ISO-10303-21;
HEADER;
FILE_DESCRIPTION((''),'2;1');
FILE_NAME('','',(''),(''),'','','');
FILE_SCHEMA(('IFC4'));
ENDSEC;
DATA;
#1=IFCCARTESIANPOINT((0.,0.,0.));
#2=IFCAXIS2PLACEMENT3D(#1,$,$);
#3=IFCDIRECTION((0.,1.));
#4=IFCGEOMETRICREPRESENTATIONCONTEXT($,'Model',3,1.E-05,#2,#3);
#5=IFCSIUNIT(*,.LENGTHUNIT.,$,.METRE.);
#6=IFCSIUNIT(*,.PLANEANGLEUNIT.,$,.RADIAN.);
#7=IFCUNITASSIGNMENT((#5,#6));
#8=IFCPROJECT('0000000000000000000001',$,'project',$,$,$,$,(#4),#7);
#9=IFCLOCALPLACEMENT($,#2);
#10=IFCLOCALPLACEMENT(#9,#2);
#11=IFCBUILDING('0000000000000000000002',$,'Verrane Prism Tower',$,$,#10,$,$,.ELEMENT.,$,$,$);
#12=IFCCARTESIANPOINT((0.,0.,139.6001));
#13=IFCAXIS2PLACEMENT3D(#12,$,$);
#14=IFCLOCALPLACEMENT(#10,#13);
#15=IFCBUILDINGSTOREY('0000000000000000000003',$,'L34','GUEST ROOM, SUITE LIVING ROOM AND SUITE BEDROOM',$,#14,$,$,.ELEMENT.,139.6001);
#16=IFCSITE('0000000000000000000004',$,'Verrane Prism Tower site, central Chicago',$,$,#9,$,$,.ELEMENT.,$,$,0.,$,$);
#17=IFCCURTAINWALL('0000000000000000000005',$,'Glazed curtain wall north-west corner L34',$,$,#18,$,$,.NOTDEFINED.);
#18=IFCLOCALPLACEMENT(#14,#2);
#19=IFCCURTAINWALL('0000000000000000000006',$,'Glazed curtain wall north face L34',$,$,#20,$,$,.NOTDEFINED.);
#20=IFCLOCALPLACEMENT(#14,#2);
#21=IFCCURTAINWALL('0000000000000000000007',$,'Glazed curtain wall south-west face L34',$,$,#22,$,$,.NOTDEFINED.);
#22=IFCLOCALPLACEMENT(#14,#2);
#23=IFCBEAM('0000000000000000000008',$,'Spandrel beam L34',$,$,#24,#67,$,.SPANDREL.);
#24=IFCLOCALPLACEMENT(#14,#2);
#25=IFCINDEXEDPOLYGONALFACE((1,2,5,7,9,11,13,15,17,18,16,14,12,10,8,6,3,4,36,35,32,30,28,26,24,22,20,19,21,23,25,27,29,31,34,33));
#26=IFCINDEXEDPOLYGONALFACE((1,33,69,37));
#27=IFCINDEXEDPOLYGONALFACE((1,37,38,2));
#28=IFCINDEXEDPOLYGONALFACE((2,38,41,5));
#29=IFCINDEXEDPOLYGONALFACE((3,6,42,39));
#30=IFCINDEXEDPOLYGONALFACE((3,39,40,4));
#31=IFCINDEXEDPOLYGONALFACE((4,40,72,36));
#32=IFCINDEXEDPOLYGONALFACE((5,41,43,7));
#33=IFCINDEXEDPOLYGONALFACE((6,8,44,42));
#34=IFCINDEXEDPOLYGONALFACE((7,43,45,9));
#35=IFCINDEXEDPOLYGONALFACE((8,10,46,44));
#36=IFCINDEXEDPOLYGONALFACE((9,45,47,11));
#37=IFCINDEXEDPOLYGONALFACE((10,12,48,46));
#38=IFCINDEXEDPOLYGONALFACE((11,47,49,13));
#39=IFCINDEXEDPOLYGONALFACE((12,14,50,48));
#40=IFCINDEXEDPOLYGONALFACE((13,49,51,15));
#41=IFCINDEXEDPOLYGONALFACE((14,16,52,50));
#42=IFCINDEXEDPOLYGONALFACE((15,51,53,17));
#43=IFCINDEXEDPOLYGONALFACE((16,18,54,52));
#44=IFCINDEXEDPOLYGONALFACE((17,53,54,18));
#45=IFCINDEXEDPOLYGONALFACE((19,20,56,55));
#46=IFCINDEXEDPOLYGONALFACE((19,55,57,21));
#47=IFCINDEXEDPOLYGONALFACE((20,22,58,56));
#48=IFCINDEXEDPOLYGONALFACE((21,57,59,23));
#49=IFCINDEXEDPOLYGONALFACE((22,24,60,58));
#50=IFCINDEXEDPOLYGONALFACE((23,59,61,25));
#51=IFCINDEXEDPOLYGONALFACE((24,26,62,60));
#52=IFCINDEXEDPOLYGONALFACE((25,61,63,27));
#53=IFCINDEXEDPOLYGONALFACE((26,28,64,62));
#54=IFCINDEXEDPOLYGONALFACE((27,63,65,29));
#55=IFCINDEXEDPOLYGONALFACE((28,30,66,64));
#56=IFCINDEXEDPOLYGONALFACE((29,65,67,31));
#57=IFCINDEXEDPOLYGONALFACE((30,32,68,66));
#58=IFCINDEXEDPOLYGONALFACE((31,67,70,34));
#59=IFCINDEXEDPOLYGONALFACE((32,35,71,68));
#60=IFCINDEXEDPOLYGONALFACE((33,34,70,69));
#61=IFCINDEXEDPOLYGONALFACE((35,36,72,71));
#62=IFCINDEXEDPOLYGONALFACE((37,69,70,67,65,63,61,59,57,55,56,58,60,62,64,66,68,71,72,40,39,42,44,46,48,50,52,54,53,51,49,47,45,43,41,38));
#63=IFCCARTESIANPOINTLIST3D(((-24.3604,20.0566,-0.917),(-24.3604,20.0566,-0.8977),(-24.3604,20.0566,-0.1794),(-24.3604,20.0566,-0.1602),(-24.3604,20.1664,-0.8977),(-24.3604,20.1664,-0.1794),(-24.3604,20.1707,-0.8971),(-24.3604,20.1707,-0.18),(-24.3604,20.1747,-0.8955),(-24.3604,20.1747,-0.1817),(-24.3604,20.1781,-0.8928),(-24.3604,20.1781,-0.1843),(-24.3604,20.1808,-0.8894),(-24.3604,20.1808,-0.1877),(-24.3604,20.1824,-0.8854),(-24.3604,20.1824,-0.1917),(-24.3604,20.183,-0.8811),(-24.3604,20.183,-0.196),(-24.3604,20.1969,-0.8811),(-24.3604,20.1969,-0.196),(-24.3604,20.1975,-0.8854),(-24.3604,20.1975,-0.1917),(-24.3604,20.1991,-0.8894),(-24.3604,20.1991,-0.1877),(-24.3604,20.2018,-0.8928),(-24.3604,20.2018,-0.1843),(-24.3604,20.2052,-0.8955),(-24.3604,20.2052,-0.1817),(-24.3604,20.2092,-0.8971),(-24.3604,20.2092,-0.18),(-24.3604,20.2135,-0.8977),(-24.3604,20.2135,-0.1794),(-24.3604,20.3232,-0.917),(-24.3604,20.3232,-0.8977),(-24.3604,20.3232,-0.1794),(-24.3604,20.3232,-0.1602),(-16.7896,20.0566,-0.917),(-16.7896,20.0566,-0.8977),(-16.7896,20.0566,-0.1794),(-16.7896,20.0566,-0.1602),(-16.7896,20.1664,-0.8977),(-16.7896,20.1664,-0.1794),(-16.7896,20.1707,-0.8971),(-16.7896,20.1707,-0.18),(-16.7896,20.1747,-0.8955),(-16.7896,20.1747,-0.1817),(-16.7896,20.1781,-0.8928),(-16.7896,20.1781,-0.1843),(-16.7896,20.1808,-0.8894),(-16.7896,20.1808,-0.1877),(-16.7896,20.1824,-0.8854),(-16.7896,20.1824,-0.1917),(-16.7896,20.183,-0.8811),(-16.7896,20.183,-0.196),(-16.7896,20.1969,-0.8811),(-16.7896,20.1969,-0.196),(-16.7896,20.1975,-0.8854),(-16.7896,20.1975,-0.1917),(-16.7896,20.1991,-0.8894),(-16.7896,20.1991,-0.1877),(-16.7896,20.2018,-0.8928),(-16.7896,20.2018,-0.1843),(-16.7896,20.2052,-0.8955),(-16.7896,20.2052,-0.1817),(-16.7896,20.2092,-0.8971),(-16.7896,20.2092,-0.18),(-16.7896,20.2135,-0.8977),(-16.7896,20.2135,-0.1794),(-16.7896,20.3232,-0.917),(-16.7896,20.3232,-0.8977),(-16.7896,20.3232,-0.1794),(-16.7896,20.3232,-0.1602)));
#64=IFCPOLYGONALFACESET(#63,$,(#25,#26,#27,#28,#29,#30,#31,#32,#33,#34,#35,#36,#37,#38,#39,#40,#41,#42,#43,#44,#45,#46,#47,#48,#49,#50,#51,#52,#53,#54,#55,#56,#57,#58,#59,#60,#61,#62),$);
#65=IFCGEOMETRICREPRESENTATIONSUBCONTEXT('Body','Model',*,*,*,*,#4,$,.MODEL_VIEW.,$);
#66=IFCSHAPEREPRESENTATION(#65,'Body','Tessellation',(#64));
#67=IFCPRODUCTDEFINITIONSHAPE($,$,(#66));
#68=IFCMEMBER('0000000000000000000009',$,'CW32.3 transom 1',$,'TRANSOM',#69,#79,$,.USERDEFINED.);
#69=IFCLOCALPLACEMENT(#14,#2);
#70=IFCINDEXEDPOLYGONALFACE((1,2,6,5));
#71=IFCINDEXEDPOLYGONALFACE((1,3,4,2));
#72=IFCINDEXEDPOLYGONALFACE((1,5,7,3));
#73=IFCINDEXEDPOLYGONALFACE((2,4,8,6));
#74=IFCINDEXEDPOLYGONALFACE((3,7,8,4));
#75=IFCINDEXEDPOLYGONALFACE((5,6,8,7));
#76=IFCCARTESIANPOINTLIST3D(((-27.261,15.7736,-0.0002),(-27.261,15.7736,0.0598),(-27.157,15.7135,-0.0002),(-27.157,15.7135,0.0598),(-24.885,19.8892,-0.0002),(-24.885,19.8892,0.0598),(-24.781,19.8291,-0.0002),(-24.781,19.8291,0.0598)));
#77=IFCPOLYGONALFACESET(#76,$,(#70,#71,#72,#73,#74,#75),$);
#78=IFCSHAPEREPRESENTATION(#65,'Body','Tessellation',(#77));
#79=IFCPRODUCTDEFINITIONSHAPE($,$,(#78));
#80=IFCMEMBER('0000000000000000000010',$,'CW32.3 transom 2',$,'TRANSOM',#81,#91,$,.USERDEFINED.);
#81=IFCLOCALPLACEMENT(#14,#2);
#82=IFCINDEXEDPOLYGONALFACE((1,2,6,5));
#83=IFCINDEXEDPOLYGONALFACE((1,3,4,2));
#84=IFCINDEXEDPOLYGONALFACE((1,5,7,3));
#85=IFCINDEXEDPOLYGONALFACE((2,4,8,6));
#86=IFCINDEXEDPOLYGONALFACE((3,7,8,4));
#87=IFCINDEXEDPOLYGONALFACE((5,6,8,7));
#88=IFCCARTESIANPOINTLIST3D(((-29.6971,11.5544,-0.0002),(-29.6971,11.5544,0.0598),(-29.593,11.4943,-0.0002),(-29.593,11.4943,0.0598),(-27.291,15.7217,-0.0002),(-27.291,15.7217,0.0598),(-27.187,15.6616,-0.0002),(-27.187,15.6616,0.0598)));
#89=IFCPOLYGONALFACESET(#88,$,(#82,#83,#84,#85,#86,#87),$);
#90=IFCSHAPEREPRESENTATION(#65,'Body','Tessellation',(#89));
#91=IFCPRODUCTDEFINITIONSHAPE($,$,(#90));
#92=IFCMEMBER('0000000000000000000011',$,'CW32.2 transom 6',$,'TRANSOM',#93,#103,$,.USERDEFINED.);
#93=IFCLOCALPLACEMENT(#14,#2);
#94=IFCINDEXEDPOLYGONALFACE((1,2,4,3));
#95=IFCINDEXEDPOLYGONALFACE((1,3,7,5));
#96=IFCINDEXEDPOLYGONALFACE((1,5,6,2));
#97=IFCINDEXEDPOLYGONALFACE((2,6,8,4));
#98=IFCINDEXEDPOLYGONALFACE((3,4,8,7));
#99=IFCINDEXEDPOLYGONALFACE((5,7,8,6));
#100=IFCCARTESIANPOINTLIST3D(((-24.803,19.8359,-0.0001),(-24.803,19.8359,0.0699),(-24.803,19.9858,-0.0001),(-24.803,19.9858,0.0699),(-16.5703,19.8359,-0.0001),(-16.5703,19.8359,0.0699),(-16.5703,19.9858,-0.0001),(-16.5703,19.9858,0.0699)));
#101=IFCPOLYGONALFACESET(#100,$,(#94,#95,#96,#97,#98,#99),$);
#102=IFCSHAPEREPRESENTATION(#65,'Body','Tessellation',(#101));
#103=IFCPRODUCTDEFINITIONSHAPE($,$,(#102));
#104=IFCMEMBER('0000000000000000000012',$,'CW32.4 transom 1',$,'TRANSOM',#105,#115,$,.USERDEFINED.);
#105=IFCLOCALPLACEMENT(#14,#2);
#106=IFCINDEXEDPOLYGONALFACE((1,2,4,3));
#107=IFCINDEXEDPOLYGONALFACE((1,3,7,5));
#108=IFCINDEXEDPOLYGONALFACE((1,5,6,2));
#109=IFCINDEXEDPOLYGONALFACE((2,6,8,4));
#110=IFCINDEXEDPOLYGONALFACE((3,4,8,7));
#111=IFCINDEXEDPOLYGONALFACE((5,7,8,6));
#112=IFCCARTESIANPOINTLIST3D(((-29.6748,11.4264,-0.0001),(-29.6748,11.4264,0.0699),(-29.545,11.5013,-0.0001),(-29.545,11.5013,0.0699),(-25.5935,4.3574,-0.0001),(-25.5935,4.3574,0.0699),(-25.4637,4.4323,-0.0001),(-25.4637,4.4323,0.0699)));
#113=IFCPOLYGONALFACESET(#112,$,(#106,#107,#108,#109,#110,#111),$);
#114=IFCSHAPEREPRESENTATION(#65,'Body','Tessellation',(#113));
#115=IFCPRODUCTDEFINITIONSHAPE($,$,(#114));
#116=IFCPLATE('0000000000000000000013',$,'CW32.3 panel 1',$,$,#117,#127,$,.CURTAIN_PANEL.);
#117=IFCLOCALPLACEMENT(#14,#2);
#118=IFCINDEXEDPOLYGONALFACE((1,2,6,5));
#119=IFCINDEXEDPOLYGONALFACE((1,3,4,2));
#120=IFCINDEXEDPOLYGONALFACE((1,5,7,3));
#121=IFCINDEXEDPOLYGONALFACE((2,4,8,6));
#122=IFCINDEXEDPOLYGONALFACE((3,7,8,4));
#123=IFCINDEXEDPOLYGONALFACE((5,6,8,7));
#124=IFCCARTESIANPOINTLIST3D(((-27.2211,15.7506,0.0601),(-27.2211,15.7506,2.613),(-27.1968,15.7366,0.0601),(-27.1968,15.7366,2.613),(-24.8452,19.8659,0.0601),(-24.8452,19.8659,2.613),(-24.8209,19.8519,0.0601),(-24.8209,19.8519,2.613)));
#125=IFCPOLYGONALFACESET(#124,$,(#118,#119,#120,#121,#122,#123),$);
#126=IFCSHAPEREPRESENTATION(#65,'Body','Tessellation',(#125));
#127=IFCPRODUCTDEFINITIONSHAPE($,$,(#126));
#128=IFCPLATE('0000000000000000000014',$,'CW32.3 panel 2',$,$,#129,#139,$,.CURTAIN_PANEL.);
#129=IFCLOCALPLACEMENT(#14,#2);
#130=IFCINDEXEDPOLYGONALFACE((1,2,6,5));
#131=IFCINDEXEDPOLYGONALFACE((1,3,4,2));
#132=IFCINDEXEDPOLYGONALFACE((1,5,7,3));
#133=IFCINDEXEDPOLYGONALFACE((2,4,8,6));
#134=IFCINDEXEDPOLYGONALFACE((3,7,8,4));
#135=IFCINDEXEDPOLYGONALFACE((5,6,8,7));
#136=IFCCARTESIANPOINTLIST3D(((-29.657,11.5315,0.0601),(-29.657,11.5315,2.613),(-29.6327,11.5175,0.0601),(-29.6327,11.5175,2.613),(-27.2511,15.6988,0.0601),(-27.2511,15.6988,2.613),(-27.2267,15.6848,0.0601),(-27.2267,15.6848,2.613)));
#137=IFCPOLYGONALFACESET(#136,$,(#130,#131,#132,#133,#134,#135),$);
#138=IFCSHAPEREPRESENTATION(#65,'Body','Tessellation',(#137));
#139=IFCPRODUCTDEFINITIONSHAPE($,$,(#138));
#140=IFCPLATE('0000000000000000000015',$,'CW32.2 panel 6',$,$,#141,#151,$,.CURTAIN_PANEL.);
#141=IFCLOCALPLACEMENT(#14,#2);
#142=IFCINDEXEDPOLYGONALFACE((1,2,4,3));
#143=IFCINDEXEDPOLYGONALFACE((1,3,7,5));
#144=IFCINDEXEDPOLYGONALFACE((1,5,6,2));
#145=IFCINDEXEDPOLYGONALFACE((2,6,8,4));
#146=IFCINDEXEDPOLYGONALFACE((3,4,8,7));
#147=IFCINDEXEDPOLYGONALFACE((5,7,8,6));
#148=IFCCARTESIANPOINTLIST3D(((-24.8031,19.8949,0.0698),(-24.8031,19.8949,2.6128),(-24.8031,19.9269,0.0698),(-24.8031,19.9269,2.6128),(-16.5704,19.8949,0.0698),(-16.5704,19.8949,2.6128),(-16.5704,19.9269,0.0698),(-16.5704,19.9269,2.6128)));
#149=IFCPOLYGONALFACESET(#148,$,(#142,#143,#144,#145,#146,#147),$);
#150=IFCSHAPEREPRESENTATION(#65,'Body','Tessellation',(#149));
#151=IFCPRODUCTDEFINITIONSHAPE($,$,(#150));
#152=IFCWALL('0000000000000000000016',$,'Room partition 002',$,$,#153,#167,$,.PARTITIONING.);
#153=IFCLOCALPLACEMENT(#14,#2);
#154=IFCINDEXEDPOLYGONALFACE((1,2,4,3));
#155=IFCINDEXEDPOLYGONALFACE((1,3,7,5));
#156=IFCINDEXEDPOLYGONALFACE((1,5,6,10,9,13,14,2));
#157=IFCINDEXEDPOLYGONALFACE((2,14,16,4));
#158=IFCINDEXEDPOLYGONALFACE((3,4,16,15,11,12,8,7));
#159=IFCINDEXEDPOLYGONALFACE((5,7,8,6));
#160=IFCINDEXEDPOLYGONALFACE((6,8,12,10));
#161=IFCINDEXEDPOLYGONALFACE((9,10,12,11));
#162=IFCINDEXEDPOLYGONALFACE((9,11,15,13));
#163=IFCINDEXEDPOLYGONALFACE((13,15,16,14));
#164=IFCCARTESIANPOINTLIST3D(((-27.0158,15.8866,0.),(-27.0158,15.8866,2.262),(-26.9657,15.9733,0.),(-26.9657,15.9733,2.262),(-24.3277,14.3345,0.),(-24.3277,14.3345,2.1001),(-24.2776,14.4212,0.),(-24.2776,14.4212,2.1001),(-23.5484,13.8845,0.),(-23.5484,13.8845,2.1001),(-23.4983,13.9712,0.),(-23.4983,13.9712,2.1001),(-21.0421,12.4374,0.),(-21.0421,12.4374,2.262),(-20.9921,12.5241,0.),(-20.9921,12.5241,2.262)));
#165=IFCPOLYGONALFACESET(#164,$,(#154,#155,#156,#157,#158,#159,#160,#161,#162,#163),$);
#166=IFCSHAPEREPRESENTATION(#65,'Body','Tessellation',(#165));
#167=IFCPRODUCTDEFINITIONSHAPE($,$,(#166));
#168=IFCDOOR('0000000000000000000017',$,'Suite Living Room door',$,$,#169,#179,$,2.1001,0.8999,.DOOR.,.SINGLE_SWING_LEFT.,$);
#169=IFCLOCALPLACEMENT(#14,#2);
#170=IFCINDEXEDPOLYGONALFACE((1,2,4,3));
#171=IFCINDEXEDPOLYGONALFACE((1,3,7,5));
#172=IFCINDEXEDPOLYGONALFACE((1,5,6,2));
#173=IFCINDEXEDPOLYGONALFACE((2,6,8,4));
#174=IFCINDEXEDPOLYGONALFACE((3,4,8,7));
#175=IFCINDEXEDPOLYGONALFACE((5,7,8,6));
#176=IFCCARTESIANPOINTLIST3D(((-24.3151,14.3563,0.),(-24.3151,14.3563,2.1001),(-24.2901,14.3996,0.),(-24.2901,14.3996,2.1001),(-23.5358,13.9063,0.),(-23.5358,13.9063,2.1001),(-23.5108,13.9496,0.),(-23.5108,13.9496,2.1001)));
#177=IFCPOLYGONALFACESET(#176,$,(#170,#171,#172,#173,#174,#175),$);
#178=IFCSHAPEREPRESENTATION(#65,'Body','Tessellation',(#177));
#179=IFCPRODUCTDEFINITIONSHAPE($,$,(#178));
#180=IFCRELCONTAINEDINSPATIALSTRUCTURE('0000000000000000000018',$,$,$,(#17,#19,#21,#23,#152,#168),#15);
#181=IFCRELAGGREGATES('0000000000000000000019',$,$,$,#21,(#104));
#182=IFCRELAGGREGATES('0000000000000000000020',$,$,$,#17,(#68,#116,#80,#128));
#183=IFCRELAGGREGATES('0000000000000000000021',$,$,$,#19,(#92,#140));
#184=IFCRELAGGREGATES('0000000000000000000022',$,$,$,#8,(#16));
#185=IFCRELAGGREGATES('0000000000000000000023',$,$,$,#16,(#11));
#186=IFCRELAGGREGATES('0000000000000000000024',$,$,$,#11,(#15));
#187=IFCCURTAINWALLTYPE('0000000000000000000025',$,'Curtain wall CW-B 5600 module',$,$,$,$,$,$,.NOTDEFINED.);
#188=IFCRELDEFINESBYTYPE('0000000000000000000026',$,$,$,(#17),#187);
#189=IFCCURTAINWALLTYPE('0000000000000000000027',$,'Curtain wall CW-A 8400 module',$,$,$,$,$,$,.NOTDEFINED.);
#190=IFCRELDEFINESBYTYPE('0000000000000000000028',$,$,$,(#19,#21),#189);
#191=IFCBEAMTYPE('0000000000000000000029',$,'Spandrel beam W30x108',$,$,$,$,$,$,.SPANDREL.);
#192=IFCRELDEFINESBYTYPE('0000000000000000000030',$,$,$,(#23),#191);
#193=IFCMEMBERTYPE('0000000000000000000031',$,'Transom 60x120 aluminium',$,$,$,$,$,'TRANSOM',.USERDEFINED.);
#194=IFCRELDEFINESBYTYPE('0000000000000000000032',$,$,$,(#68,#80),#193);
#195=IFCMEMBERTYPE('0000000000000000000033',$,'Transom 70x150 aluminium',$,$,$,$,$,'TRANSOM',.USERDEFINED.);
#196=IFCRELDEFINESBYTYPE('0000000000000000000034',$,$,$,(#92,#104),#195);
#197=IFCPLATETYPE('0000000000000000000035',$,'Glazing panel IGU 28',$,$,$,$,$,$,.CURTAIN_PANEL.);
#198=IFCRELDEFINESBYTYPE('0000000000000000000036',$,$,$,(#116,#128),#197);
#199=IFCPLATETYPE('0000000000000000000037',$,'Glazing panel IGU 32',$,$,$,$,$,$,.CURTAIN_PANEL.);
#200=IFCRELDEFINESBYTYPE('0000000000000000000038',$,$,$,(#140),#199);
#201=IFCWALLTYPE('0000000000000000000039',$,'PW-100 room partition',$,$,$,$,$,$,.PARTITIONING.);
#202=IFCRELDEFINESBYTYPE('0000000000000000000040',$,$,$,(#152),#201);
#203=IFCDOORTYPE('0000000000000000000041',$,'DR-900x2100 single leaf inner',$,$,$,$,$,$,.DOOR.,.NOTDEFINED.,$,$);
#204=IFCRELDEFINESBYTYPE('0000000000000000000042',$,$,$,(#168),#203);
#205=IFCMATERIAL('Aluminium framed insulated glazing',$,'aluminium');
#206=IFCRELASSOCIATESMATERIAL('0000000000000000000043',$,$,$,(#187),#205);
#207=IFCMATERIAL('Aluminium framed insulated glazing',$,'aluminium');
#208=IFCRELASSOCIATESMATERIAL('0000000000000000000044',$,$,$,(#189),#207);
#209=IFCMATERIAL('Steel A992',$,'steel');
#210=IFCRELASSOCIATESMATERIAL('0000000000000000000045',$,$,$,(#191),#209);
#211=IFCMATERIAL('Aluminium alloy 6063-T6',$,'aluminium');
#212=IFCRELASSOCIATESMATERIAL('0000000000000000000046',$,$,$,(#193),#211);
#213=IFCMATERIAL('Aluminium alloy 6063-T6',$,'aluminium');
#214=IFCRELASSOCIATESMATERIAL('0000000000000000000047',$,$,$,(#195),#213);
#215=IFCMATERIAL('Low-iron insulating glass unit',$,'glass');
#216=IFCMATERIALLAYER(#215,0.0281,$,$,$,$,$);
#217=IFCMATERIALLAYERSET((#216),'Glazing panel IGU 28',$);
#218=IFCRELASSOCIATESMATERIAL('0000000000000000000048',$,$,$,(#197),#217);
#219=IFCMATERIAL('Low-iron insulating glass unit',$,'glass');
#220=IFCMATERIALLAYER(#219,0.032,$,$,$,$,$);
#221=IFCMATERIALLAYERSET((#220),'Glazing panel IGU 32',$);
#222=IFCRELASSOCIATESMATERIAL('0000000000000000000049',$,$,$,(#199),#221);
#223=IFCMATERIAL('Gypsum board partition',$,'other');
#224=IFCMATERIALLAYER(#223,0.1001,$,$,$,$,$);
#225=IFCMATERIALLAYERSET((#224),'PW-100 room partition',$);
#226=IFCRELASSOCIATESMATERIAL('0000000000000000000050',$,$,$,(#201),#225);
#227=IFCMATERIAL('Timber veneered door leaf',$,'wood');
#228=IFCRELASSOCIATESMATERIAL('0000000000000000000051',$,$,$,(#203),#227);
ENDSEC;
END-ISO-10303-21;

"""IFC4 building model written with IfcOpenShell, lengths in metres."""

from ifc_helpers import new_model, si_unit, direction, frame, frame_2d, origin, origin_2d, place, context, subcontext, project, spatial, rectangle, i_section, extrude, material, layer, layer_set, material_profile, profile_set, type_object, element, fill, aggregate, save


model = new_model("IFC4")

# Units and contexts
model_context = context("Model", 3, precision=1e-05, world=origin(), true_north=direction((0.0, 1.0)))
body_context = subcontext(model_context, "Body", "Model", "MODEL_VIEW")
ifc_project = project(units=[si_unit("LENGTHUNIT", "METRE"), si_unit("PLANEANGLEUNIT", "RADIAN")], contexts=[model_context])

# Site, building, storey
site_placement = place(None, origin())
site = spatial("IfcSite", under=ifc_project, at=site_placement, Name="Verrane Prism Tower site, central Chicago", CompositionType="ELEMENT", RefElevation=0.0)
building_placement = place(site_placement, origin())
building = spatial("IfcBuilding", under=site, at=building_placement, Name="Verrane Prism Tower", CompositionType="ELEMENT")
storey_placement = place(building_placement, frame((0.0, 0.0, 139.6001)))
storey = spatial("IfcBuildingStorey", under=building, at=storey_placement, Name="L34", Description="GUEST ROOM, SUITE LIVING ROOM AND SUITE BEDROOM", CompositionType="ELEMENT", Elevation=139.6001)

# Curtain wall
ifc_material_1 = material(Name="Aluminium framed insulated glazing", Category="aluminium")
curtain_wall_type_1 = type_object("IfcCurtainWallType", Name="Curtain wall CW-B 5600 module", PredefinedType="NOTDEFINED", material=ifc_material_1)
curtain_wall_1_placement = place(storey_placement, origin())
curtain_wall_1 = element("IfcCurtainWall", 1, at=curtain_wall_1_placement, inside=storey, type_object=curtain_wall_type_1, Name="Glazed curtain wall north-west corner L34", PredefinedType="NOTDEFINED")

# Curtain walls
ifc_material_2 = material(Name="Aluminium framed insulated glazing", Category="aluminium")
curtain_wall_type_2 = type_object("IfcCurtainWallType", Name="Curtain wall CW-A 8400 module", PredefinedType="NOTDEFINED", material=ifc_material_2)
curtain_wall_2_placement = place(storey_placement, origin())
curtain_wall_2 = element("IfcCurtainWall", 2, at=curtain_wall_2_placement, inside=storey, type_object=curtain_wall_type_2, Name="Glazed curtain wall north face L34", PredefinedType="NOTDEFINED")
curtain_wall_3_placement = place(storey_placement, origin())
curtain_wall_3 = element("IfcCurtainWall", 3, at=curtain_wall_3_placement, inside=storey, type_object=curtain_wall_type_2, Name="Glazed curtain wall south-west face L34", PredefinedType="NOTDEFINED")

# Beam
ifc_material_3 = material(Name="Steel A992", Category="steel")
ifc_material_profile_1 = material_profile(ifc_material_3, i_section(OverallWidth=0.2666, OverallDepth=0.7568, WebThickness=0.0139, FlangeThickness=0.0193, FilletRadius=0.0166, at=origin_2d()), Name="W30x108")
ifc_profile_set_1 = profile_set([ifc_material_profile_1], Name="Steel A992")
beam_type_1 = type_object("IfcBeamType", Name="Spandrel beam W30x108", PredefinedType="SPANDREL", material=ifc_profile_set_1)
beam_1_placement = place(storey_placement, frame((-16.7896, 20.1899, -0.5386), z_axis=(-1.0, 0.0, 0.0), x_axis=(0.0, -1.0, 0.0)))
element("IfcBeam", 4, at=beam_1_placement, inside=storey, type_object=beam_type_1, Name="Spandrel beam L34", PredefinedType="SPANDREL", context=body_context, shape_type="SweptSolid", body=[
    extrude(i_section(OverallWidth=0.2666, OverallDepth=0.7568, WebThickness=0.0139, FlangeThickness=0.0193, FilletRadius=0.0166, at=origin_2d()), origin(), (0.0, 0.0, 1.0), 7.5708),
])

# Members
ifc_material_4 = material(Name="Aluminium alloy 6063-T6", Category="aluminium")
ifc_material_profile_2 = material_profile(ifc_material_4, rectangle(XDim=0.1201, YDim=0.0601, at=origin_2d()), Name="Transom 60x120 aluminium")
ifc_profile_set_2 = profile_set([ifc_material_profile_2], Name="Aluminium alloy 6063-T6")
member_type_1 = type_object("IfcMemberType", Name="Transom 60x120 aluminium", ElementType="TRANSOM", PredefinedType="USERDEFINED", material=ifc_profile_set_2)
member_1_placement = place(storey_placement, frame((-24.833, 19.8591, 0.0298), z_axis=(-0.499985, -0.866034, 0.0), x_axis=(0.866034, -0.499985, 0.0)))
member_1 = element("IfcMember", 5, at=member_1_placement, type_object=member_type_1, Name="CW32.3 transom 1", ObjectType="TRANSOM", PredefinedType="USERDEFINED", context=body_context, shape_type="SweptSolid", body=[
    extrude(rectangle(XDim=0.1201, YDim=0.0601, at=origin_2d()), origin(), (0.0, 0.0, 1.0), 4.7522),
])
member_2_placement = place(storey_placement, frame((-27.239, 15.6917, 0.0298), z_axis=(-0.500008, -0.866021, 0.0), x_axis=(0.866021, -0.500008, 0.0)))
member_2 = element("IfcMember", 6, at=member_2_placement, type_object=member_type_1, Name="CW32.3 transom 2", ObjectType="TRANSOM", PredefinedType="USERDEFINED", context=body_context, shape_type="SweptSolid", body=[
    extrude(rectangle(XDim=0.1201, YDim=0.0601, at=origin_2d()), origin(), (0.0, 0.0, 1.0), 4.812),
])
ifc_material_5 = material(Name="Aluminium alloy 6063-T6", Category="aluminium")
ifc_material_profile_3 = material_profile(ifc_material_5, rectangle(XDim=0.1499, YDim=0.0701, at=origin_2d()), Name="Transom 70x150 aluminium")
ifc_profile_set_3 = profile_set([ifc_material_profile_3], Name="Aluminium alloy 6063-T6")
member_type_2 = type_object("IfcMemberType", Name="Transom 70x150 aluminium", ElementType="TRANSOM", PredefinedType="USERDEFINED", material=ifc_profile_set_3)
member_3_placement = place(storey_placement, frame((-16.5703, 19.9109, 0.0349), z_axis=(-1.0, 0.0, 0.0), x_axis=(0.0, -1.0, 0.0)))
member_3 = element("IfcMember", 7, at=member_3_placement, type_object=member_type_2, Name="CW32.2 transom 6", ObjectType="TRANSOM", PredefinedType="USERDEFINED", context=body_context, shape_type="SweptSolid", body=[
    extrude(rectangle(XDim=0.1499, YDim=0.0701, at=origin_2d()), origin(), (0.0, 0.0, 1.0), 8.2327),
])
member_4_placement = place(storey_placement, frame((-29.6099, 11.4639, 0.0349), z_axis=(0.499996, -0.866028, 0.0), x_axis=(0.866028, 0.499996, 0.0)))
member_4 = element("IfcMember", 8, at=member_4_placement, type_object=member_type_2, Name="CW32.4 transom 1", ObjectType="TRANSOM", PredefinedType="USERDEFINED", context=body_context, shape_type="SweptSolid", body=[
    extrude(rectangle(XDim=0.1499, YDim=0.0701, at=origin_2d()), origin(), (0.0, 0.0, 1.0), 8.1626),
])
aggregate(curtain_wall_3, [member_4])

# Plates
ifc_material_6 = material(Name="Low-iron insulating glass unit", Category="glass")
ifc_layer_1 = layer(ifc_material_6, 0.0281)
ifc_layer_set_1 = layer_set([ifc_layer_1], Name="Glazing panel IGU 28")
plate_type_1 = type_object("IfcPlateType", Name="Glazing panel IGU 28", PredefinedType="CURTAIN_PANEL", material=ifc_layer_set_1)
plate_1_placement = place(storey_placement, frame((-26.021, 17.8013, 0.0601), z_axis=(0.0, 0.0, 1.0), x_axis=(-0.499996, -0.866028, 0.0)))
plate_1 = element("IfcPlate", 9, at=plate_1_placement, type_object=plate_type_1, Name="CW32.3 panel 1", PredefinedType="CURTAIN_PANEL", context=body_context, shape_type="SweptSolid", body=[
    extrude(rectangle(XDim=4.752, YDim=0.0281, at=origin_2d()), origin(), (0.0, 0.0, 1.0), 2.553),
])
plate_2_placement = place(storey_placement, frame((-28.4419, 13.6082, 0.0601), z_axis=(0.0, 0.0, 1.0), x_axis=(-0.499996, -0.866028, 0.0)))
plate_2 = element("IfcPlate", 10, at=plate_2_placement, type_object=plate_type_1, Name="CW32.3 panel 2", PredefinedType="CURTAIN_PANEL", context=body_context, shape_type="SweptSolid", body=[
    extrude(rectangle(XDim=4.812, YDim=0.0281, at=origin_2d()), origin(), (0.0, 0.0, 1.0), 2.553),
])
aggregate(curtain_wall_1, [member_1, plate_1, member_2, plate_2])
ifc_material_7 = material(Name="Low-iron insulating glass unit", Category="glass")
ifc_layer_2 = layer(ifc_material_7, 0.032)
ifc_layer_set_2 = layer_set([ifc_layer_2], Name="Glazing panel IGU 32")
plate_type_2 = type_object("IfcPlateType", Name="Glazing panel IGU 32", PredefinedType="CURTAIN_PANEL", material=ifc_layer_set_2)
plate_3_placement = place(storey_placement, frame((-20.6868, 19.9109, 0.0698), z_axis=(0.0, 0.0, 1.0), x_axis=(-1.0, 0.0, 0.0)))
plate_3 = element("IfcPlate", 11, at=plate_3_placement, type_object=plate_type_2, Name="CW32.2 panel 6", PredefinedType="CURTAIN_PANEL", context=body_context, shape_type="SweptSolid", body=[
    extrude(rectangle(XDim=8.2327, YDim=0.032, at=origin_2d()), origin(), (0.0, 0.0, 1.0), 2.543),
])
aggregate(curtain_wall_2, [member_3, plate_3])

# Wall, opening, door
ifc_material_8 = material(Name="Gypsum board partition", Category="other")
ifc_layer_3 = layer(ifc_material_8, 0.1001)
ifc_layer_set_3 = layer_set([ifc_layer_3], Name="PW-100 room partition")
wall_type_1 = type_object("IfcWallType", Name="PW-100 room partition", PredefinedType="PARTITIONING", material=ifc_layer_set_3)
wall_1_placement = place(storey_placement, frame((-21.0171, 12.4807, 0.0), z_axis=(0.0, 0.0, 1.0), x_axis=(-0.866004, 0.500037, 0.0)))
wall_1 = element("IfcWall", 12, at=wall_1_placement, inside=storey, type_object=wall_type_1, Name="Room partition 002", PredefinedType="PARTITIONING", context=body_context, shape_type="SweptSolid", body=[
    extrude(rectangle(XDim=6.8979, YDim=0.1001, at=frame_2d((3.449, 0.0))), origin(), (0.0, 0.0, 1.0), 2.262),
])
opening_1_placement = place(wall_1_placement, frame((2.894, 0.0, 0.0)))
opening_1 = element("IfcOpeningElement", 13, at=opening_1_placement, cuts=wall_1, PredefinedType="OPENING", context=body_context, shape_type="SweptSolid", body=[
    extrude(rectangle(XDim=0.8999, YDim=2.1001, at=frame_2d((0.45, 1.05))), frame((0.0, 0.0601, 0.0), z_axis=(0.0, -1.0, 0.0), x_axis=(1.0, 0.0, 0.0)), (0.0, 0.0, 1.0), 0.1201),
])
ifc_material_9 = material(Name="Timber veneered door leaf", Category="wood")
door_type_1 = type_object("IfcDoorType", Name="DR-900x2100 single leaf inner", OperationType="NOTDEFINED", PredefinedType="DOOR", material=ifc_material_9)
door_1_placement = place(opening_1_placement, origin())
door_1 = element("IfcDoor", 14, at=door_1_placement, inside=storey, type_object=door_type_1, Name="Suite Living Room door", OperationType="SINGLE_SWING_LEFT", OverallHeight=2.1001, OverallWidth=0.8999, PredefinedType="DOOR", context=body_context, shape_type="SweptSolid", body=[
    extrude(rectangle(XDim=0.8999, YDim=2.1001, at=frame_2d((0.45, 1.05))), frame((0.0, 0.0249, 0.0), z_axis=(0.0, -1.0, 0.0), x_axis=(1.0, 0.0, 0.0)), (0.0, 0.0, 1.0), 0.05),
])
fill(opening_1, door_1)

save(model, "model.ifc")
